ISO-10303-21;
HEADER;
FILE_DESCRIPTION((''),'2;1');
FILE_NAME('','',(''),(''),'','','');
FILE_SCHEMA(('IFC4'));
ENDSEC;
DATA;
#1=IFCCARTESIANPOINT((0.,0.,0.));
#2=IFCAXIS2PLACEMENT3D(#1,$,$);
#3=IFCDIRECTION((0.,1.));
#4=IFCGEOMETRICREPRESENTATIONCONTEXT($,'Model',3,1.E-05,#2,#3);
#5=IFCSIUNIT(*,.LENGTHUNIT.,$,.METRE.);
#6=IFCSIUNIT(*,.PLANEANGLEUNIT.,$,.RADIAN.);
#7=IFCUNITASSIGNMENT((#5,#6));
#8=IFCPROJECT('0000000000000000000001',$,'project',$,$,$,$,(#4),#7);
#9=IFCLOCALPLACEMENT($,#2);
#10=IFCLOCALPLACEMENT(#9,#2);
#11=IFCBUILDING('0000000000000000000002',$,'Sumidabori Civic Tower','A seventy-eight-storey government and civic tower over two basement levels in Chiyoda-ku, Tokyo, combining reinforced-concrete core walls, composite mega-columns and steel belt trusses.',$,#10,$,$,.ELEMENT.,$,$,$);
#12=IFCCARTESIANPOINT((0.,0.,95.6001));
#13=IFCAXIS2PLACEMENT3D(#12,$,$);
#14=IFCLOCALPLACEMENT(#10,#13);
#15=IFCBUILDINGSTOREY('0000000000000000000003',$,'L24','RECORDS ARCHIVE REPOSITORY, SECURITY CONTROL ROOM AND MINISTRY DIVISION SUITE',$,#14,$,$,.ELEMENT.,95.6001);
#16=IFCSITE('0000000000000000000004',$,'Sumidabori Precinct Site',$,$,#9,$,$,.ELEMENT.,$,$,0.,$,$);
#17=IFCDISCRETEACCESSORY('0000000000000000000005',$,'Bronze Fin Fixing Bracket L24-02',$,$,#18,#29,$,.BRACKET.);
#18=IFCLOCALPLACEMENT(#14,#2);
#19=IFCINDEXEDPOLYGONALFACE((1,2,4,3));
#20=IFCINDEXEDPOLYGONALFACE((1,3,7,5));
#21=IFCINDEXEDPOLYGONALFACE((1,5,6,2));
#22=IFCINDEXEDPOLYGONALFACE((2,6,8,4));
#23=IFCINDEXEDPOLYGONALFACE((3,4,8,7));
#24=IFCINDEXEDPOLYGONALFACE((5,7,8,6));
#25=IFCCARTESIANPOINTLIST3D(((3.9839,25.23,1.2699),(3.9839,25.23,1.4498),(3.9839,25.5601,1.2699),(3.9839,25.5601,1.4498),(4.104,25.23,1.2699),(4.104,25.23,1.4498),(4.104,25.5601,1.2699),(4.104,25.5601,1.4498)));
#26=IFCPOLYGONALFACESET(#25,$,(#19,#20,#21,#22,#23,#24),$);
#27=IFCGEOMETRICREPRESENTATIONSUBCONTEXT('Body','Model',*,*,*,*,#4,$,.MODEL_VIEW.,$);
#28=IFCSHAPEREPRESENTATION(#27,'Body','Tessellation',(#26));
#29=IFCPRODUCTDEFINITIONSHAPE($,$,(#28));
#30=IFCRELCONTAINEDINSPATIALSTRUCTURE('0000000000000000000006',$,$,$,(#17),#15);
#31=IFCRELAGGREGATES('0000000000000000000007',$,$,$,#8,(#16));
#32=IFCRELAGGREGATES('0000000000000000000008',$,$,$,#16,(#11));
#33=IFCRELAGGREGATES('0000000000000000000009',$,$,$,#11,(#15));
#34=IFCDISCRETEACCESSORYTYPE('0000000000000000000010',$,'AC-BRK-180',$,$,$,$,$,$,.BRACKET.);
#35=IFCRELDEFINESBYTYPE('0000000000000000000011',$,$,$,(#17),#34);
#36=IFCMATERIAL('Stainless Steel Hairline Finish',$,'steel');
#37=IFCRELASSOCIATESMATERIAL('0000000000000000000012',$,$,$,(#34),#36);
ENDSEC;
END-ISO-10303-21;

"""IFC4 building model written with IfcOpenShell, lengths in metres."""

from ifc_helpers import new_model, si_unit, direction, frame, origin, origin_2d, place, context, subcontext, project, spatial, rectangle, extrude, source, transform, mapped, material, material_profile, profile_set, type_object, element, save


model = new_model("IFC4")

# Units and contexts
model_context = context("Model", 3, precision=1e-05, world=origin(), true_north=direction((0.0, 1.0)))
body_context = subcontext(model_context, "Body", "Model", "MODEL_VIEW")
ifc_project = project(units=[si_unit("LENGTHUNIT", "METRE"), si_unit("PLANEANGLEUNIT", "RADIAN")], contexts=[model_context])

# Site, building, storey
site_placement = place(None, origin())
site = spatial("IfcSite", under=ifc_project, at=site_placement, Name="Sumidabori Precinct Site", CompositionType="ELEMENT", RefElevation=0.0)
building_placement = place(site_placement, origin())
building = spatial("IfcBuilding", under=site, at=building_placement, Name="Sumidabori Civic Tower", Description="A seventy-eight-storey government and civic tower over two basement levels in Chiyoda-ku, Tokyo, combining reinforced-concrete core walls, composite mega-columns and steel belt trusses.", CompositionType="ELEMENT")
storey_placement = place(building_placement, frame((0.0, 0.0, 95.6001)))
storey = spatial("IfcBuildingStorey", under=building, at=storey_placement, Name="L24", Description="RECORDS ARCHIVE REPOSITORY, SECURITY CONTROL ROOM AND MINISTRY DIVISION SUITE", CompositionType="ELEMENT", Elevation=95.6001)

# Discrete accessory
ifc_material_1 = material(Name="Stainless Steel Hairline Finish", Category="steel")
ifc_material_profile_1 = material_profile(ifc_material_1, rectangle(XDim=0.1201, YDim=0.1799, at=origin_2d()), Name="STEEL BRACKET 180x120")
ifc_profile_set_1 = profile_set([ifc_material_profile_1], Name="Stainless Steel Hairline Finish")
discrete_accessory_type = type_object("IfcDiscreteAccessoryType", Name="AC-BRK-180", PredefinedType="BRACKET", material=ifc_profile_set_1)
shared_shape_1 = source(origin(), body_context, "Body", "SweptSolid", [
    extrude(rectangle(XDim=0.1201, YDim=0.1799, at=origin_2d()), origin(), (0.0, 0.0, 1.0), 0.3301),
])
discrete_accessory_placement = place(storey_placement, frame((4.0439, 25.23, 1.3599), z_axis=(0.0, 1.0, 0.0), x_axis=(-1.0, 0.0, 0.0)))
element("IfcDiscreteAccessory", 1, at=discrete_accessory_placement, inside=storey, type_object=discrete_accessory_type, Name="Bronze Fin Fixing Bracket L24-02", PredefinedType="BRACKET", context=body_context, shape_type="MappedRepresentation", body=[
    mapped(shared_shape_1, transform((0.0, 0.0, 0.0), x_axis=(1.0, 0.0, 0.0), y_axis=(0.0, 1.0, 0.0), z_axis=(0.0, 0.0, 1.0), scale=1.0)),
])

save(model, "model.ifc")
